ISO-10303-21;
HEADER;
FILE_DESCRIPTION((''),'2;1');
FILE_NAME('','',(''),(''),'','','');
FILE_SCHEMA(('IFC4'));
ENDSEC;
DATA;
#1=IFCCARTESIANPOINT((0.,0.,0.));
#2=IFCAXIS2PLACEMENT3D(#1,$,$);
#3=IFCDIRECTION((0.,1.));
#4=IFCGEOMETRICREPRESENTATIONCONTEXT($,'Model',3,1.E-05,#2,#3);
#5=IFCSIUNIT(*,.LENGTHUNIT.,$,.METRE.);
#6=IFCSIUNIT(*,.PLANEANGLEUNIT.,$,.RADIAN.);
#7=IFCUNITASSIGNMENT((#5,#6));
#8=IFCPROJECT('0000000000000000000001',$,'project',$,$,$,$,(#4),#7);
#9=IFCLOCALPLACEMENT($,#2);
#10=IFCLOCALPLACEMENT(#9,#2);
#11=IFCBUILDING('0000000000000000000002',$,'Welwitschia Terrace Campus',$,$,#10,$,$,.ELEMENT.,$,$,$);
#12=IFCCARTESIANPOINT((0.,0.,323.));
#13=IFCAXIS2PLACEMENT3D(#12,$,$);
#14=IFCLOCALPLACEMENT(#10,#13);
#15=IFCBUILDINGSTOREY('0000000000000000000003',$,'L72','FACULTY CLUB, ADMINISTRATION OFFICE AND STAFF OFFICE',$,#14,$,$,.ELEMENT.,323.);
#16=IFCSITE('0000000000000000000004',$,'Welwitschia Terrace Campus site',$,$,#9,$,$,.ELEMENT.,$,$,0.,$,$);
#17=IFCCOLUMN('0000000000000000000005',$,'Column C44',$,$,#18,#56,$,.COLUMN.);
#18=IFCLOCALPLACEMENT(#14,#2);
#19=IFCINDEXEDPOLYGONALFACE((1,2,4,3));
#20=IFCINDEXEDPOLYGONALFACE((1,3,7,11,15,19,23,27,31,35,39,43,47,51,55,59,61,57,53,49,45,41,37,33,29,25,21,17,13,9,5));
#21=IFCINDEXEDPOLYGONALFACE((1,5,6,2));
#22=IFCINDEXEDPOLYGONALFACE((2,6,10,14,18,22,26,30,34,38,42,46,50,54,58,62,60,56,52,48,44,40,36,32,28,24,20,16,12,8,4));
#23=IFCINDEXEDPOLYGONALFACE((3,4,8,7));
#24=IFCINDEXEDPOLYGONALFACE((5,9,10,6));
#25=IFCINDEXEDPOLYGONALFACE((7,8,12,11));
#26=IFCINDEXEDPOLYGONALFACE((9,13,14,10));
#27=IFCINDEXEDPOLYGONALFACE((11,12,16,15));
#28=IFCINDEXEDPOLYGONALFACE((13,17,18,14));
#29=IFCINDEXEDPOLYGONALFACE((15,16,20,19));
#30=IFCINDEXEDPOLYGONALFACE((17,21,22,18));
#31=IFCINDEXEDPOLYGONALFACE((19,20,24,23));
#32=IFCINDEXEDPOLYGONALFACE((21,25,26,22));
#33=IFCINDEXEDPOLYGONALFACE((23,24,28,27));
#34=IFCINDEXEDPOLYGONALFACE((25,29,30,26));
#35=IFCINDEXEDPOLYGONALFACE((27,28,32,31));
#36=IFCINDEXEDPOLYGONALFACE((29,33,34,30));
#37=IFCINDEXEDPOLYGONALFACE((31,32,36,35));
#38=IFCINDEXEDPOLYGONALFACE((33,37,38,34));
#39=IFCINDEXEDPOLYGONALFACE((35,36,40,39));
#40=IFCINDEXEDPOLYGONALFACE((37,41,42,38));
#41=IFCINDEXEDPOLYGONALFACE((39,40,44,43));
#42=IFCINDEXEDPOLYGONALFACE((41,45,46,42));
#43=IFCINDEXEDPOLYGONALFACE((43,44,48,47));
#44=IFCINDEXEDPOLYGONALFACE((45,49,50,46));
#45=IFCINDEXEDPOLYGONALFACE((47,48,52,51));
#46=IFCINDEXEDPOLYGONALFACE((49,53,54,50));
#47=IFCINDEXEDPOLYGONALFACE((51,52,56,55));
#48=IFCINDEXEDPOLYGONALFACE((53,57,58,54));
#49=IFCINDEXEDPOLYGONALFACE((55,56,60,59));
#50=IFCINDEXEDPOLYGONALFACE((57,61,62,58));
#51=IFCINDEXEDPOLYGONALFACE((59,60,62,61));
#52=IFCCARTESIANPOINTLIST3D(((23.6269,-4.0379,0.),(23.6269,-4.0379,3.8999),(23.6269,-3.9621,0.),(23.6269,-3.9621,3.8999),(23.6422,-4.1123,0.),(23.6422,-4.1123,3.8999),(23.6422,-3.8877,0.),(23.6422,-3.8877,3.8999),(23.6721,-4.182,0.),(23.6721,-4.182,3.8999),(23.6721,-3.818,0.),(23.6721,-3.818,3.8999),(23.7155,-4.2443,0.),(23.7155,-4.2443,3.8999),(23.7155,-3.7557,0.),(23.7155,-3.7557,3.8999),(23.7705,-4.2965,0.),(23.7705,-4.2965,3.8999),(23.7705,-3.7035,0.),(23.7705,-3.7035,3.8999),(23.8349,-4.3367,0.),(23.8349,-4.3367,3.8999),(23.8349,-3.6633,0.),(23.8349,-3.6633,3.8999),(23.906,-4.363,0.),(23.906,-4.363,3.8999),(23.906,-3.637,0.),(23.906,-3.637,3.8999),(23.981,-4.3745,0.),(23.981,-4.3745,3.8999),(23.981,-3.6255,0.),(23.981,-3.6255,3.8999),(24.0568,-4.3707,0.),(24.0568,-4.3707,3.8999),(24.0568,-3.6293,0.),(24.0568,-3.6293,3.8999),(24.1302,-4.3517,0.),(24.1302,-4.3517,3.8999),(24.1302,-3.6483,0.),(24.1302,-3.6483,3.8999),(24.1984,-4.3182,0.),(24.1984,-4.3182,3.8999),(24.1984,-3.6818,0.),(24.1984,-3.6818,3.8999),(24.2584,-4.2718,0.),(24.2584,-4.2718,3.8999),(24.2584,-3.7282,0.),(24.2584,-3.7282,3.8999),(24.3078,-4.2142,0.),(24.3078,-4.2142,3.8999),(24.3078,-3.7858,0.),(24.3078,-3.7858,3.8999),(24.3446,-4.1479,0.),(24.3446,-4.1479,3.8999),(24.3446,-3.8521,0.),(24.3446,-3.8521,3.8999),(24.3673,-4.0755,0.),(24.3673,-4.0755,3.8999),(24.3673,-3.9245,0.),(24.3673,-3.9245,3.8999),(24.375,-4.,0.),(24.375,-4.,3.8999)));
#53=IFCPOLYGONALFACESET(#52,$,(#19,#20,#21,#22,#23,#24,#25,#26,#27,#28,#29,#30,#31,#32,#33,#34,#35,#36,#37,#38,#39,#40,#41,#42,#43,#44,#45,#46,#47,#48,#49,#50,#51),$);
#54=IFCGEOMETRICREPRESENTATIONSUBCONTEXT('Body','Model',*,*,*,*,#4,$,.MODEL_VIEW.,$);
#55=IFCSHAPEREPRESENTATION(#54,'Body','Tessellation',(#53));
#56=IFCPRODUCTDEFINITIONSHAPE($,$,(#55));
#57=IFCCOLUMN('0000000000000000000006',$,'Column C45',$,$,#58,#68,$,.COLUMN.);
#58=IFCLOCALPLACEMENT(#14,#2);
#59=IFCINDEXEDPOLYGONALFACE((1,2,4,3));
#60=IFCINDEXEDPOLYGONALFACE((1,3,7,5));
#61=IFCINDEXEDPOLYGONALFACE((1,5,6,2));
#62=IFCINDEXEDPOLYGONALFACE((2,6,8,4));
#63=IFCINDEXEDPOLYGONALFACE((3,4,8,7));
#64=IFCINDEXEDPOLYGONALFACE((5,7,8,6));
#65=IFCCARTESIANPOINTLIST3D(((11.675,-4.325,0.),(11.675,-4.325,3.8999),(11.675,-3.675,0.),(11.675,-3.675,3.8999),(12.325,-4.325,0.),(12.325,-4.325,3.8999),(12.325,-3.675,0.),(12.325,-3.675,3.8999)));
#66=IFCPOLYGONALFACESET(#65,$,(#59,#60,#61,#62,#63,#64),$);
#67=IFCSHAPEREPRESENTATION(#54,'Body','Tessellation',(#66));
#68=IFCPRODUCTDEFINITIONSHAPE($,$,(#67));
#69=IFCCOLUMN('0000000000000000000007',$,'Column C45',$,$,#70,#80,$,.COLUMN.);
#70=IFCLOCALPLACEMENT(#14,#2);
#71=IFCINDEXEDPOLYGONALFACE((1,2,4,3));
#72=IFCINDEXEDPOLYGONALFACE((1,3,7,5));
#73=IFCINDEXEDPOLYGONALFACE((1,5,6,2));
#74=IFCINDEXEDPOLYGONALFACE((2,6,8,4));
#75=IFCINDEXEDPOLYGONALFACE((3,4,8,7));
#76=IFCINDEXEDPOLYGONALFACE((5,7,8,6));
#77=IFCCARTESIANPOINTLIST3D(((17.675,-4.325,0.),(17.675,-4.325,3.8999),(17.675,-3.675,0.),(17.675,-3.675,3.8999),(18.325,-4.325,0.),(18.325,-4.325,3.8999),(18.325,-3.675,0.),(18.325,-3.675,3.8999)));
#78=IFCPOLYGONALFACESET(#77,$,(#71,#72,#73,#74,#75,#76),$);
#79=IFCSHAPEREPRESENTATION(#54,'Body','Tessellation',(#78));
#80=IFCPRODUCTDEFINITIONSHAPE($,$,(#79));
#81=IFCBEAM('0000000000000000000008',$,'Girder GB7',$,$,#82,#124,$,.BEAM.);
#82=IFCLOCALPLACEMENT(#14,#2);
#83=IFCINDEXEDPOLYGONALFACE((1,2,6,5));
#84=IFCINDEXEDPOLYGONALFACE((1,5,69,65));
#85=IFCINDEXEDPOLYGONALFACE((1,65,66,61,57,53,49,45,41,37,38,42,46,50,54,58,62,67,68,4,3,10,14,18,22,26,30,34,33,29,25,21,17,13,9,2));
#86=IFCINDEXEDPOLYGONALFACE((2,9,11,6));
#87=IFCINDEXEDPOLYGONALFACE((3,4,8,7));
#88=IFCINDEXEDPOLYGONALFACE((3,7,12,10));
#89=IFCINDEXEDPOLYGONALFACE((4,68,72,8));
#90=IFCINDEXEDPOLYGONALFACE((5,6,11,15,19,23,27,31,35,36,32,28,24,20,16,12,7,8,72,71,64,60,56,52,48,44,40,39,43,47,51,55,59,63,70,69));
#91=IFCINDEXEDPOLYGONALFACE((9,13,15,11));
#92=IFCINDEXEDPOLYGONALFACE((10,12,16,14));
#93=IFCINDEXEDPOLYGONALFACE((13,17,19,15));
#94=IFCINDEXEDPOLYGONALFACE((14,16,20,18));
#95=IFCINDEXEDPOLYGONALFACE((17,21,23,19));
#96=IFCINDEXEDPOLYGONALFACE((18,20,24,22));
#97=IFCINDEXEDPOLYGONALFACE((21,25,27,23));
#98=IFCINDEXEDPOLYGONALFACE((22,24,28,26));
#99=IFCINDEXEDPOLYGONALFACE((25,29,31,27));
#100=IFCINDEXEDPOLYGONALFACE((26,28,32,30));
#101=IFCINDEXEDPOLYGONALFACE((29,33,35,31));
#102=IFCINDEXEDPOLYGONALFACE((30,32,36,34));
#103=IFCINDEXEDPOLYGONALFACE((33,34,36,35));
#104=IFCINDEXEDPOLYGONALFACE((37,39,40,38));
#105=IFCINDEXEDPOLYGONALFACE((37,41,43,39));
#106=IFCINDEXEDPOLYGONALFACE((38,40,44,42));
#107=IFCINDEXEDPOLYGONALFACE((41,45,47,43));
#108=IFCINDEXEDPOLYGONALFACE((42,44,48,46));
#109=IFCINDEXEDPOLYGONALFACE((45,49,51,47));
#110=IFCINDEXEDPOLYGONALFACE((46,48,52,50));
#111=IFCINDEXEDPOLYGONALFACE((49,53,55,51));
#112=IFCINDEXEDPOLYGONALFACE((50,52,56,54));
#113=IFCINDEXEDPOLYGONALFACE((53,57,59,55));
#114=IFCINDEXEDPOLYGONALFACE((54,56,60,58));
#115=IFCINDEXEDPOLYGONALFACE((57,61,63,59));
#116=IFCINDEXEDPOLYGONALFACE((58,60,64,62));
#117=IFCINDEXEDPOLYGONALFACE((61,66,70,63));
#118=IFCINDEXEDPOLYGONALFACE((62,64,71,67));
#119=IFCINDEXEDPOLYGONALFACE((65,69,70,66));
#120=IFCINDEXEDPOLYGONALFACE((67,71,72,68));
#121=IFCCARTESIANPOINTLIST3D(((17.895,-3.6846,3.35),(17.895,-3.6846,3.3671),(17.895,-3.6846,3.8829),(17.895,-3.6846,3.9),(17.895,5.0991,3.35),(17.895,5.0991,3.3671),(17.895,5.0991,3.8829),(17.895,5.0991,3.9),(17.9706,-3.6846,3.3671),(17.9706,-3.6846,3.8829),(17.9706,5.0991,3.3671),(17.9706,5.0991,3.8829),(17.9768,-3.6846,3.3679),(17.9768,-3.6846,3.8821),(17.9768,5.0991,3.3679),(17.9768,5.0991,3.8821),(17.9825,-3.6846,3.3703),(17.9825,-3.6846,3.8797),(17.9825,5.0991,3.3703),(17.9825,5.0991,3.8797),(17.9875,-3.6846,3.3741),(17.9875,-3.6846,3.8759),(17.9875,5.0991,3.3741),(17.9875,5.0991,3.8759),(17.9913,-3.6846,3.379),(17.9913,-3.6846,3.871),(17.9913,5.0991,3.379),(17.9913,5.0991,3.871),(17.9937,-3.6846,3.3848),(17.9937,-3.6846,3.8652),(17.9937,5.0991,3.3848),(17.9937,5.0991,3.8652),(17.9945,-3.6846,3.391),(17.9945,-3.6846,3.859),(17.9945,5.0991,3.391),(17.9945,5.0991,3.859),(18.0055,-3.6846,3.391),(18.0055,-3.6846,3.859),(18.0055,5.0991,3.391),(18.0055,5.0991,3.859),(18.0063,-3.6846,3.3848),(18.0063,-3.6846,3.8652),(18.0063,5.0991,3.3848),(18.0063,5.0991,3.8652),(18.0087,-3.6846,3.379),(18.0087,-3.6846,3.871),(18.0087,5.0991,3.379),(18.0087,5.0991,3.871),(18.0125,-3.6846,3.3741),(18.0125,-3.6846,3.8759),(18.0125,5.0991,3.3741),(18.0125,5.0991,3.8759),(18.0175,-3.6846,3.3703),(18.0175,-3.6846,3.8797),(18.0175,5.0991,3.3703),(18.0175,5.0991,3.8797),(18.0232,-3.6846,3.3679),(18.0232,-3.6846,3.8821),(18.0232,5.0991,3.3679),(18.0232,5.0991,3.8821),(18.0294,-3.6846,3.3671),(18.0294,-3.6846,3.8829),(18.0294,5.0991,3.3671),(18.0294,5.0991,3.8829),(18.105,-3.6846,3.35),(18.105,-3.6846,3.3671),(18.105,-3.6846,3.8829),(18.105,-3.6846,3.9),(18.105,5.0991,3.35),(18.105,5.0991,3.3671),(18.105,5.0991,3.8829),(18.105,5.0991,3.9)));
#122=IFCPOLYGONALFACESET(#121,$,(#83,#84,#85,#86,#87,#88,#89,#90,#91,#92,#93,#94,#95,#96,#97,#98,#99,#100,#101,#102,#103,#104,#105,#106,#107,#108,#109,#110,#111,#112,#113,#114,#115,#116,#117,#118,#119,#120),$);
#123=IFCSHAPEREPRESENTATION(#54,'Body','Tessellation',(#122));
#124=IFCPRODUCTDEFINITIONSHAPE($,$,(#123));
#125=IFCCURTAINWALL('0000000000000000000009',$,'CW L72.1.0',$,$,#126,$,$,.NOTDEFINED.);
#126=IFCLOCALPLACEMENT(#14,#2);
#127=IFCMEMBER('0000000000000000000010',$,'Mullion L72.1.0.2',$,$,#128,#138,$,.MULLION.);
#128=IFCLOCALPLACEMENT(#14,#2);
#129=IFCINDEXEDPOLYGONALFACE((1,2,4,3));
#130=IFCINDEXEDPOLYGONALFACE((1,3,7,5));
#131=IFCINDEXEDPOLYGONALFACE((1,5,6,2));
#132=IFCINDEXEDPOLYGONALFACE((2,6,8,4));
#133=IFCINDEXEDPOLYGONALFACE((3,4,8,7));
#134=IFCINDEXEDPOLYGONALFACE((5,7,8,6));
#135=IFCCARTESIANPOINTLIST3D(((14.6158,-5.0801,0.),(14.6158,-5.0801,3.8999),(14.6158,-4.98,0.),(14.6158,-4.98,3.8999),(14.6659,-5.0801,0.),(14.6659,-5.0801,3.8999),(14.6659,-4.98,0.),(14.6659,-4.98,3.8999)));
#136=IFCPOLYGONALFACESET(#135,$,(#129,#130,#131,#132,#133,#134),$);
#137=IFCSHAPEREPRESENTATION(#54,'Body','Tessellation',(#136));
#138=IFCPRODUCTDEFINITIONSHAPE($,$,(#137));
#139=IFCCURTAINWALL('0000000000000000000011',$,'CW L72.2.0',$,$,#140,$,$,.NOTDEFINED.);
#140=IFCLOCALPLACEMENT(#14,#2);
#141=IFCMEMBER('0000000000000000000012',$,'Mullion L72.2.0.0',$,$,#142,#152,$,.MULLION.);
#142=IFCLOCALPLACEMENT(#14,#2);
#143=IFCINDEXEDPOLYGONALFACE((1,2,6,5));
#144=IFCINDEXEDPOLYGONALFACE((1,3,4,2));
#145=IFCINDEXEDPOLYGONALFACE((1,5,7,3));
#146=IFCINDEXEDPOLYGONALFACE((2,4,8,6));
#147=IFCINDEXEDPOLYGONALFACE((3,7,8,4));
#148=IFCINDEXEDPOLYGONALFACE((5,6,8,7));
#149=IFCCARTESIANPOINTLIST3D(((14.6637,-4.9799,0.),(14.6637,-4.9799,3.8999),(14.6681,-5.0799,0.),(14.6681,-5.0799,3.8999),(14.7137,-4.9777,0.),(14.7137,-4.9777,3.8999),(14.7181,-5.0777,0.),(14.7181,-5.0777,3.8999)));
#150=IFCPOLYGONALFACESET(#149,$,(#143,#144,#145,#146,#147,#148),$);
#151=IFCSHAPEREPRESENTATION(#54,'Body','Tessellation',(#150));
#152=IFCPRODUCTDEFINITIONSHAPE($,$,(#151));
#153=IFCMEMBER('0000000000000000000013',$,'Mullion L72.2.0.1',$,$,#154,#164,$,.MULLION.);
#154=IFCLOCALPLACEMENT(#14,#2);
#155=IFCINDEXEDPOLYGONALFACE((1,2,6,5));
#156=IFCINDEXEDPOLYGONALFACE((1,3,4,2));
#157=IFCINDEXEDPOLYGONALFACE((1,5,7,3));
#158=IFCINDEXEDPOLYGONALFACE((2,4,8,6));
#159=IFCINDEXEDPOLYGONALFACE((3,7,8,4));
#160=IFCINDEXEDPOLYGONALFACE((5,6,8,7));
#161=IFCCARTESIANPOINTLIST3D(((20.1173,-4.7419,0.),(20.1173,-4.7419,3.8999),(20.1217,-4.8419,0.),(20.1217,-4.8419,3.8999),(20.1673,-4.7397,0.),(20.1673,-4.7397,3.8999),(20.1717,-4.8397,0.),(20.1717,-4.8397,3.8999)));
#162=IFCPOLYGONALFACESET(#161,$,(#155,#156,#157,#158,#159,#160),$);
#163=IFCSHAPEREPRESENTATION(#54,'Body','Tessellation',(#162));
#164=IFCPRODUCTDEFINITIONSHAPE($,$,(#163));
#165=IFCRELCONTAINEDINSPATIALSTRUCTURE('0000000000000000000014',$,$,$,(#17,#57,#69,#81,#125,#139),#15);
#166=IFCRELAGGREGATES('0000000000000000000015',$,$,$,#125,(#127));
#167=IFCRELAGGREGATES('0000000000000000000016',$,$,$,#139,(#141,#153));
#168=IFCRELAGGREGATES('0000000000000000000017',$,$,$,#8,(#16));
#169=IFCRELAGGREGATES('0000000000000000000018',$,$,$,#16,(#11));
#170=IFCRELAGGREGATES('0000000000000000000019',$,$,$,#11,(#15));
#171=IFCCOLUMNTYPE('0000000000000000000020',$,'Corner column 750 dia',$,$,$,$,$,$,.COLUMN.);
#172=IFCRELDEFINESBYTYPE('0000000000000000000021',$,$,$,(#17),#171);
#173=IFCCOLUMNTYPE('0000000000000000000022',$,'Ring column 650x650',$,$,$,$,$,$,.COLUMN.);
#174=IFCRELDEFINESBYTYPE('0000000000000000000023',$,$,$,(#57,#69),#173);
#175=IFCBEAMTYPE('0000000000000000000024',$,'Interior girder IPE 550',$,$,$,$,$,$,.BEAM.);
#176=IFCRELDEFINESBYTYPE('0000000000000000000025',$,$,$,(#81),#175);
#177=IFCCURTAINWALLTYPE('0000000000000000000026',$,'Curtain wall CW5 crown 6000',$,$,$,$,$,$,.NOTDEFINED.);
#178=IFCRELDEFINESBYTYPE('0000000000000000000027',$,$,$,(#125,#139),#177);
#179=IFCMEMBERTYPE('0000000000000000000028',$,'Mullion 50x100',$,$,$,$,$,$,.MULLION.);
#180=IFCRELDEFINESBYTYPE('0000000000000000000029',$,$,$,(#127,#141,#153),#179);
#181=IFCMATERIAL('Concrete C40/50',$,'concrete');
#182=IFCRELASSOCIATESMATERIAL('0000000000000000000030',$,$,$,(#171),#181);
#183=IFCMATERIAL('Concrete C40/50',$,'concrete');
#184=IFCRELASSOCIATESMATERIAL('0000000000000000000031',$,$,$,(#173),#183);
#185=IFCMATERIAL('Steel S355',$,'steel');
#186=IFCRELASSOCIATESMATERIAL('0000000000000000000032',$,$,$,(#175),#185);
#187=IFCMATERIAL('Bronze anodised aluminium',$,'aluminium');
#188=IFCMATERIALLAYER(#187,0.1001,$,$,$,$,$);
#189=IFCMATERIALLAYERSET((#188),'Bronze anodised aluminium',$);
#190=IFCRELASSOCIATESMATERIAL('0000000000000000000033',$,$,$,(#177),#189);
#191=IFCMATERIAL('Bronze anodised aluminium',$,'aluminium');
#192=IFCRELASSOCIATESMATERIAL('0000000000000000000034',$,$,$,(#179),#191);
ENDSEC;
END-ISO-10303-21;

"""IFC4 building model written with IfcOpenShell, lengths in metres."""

from ifc_helpers import new_model, si_unit, direction, frame, origin, origin_2d, place, context, subcontext, project, spatial, rectangle, circle, i_section, extrude, material, layer, layer_set, material_profile, profile_set, type_object, element, aggregate, save


model = new_model("IFC4")

# Units and contexts
model_context = context("Model", 3, precision=1e-05, world=origin(), true_north=direction((0.0, 1.0)))
body_context = subcontext(model_context, "Body", "Model", "MODEL_VIEW")
ifc_project = project(units=[si_unit("LENGTHUNIT", "METRE"), si_unit("PLANEANGLEUNIT", "RADIAN")], contexts=[model_context])

# Site, building, storey
site_placement = place(None, origin())
site = spatial("IfcSite", under=ifc_project, at=site_placement, Name="Welwitschia Terrace Campus site", CompositionType="ELEMENT", RefElevation=0.0)
building_placement = place(site_placement, origin())
building = spatial("IfcBuilding", under=site, at=building_placement, Name="Welwitschia Terrace Campus", CompositionType="ELEMENT")
storey_placement = place(building_placement, frame((0.0, 0.0, 323.0)))
storey = spatial("IfcBuildingStorey", under=building, at=storey_placement, Name="L72", Description="FACULTY CLUB, ADMINISTRATION OFFICE AND STAFF OFFICE", CompositionType="ELEMENT", Elevation=323.0)

# Columns
ifc_material_1 = material(Name="Concrete C40/50", Category="concrete")
ifc_material_profile_1 = material_profile(ifc_material_1, circle(Radius=0.375, at=origin_2d()))
ifc_profile_set_1 = profile_set([ifc_material_profile_1], Name="Concrete C40/50")
column_type_1 = type_object("IfcColumnType", Name="Corner column 750 dia", PredefinedType="COLUMN", material=ifc_profile_set_1)
column_placement = place(storey_placement, frame((24.0, -4.0, 0.0), z_axis=(0.0, 0.0, 1.0), x_axis=(1.0, 0.0, 0.0)))
element("IfcColumn", 1, at=column_placement, inside=storey, type_object=column_type_1, Name="Column C44", PredefinedType="COLUMN", context=body_context, shape_type="SweptSolid", body=[
    extrude(circle(Radius=0.375, at=origin_2d()), origin(), (0.0, 0.0, 1.0), 3.8999),
])
ifc_material_2 = material(Name="Concrete C40/50", Category="concrete")
ifc_material_profile_2 = material_profile(ifc_material_2, rectangle(XDim=0.6499, YDim=0.6499, at=origin_2d()))
ifc_profile_set_2 = profile_set([ifc_material_profile_2], Name="Concrete C40/50")
column_type_2 = type_object("IfcColumnType", Name="Ring column 650x650", PredefinedType="COLUMN", material=ifc_profile_set_2)
for number, where, z_axis, x_axis, name in (
    (2, (12.0, -4.0, 0.0), (0.0, 0.0, 1.0), (1.0, 0.0, 0.0), "Column C45"),
    (3, (18.0, -4.0, 0.0), (0.0, 0.0, 1.0), (1.0, 0.0, 0.0), "Column C45"),
):
    element("IfcColumn", number, at=place(storey_placement, frame(where, z_axis=z_axis, x_axis=x_axis)), inside=storey, type_object=column_type_2, Name=name, PredefinedType="COLUMN", context=body_context, shape_type="SweptSolid", body=[
        extrude(rectangle(XDim=0.6499, YDim=0.6499, at=origin_2d()), origin(), (0.0, 0.0, 1.0), 3.8999),
    ])

# Beam
ifc_material_3 = material(Name="Steel S355", Category="steel")
ifc_material_profile_3 = material_profile(ifc_material_3, i_section(OverallWidth=0.21, OverallDepth=0.55, WebThickness=0.011, FlangeThickness=0.0171, FilletRadius=0.0239, at=origin_2d()))
ifc_profile_set_3 = profile_set([ifc_material_profile_3], Name="Steel S355")
beam_type_1 = type_object("IfcBeamType", Name="Interior girder IPE 550", PredefinedType="BEAM", material=ifc_profile_set_3)
beam_1_placement = place(storey_placement, frame((18.0, -3.6846, 3.625), z_axis=(0.0, 1.0, 0.0), x_axis=(-1.0, 0.0, 0.0)))
element("IfcBeam", 4, at=beam_1_placement, inside=storey, type_object=beam_type_1, Name="Girder GB7", PredefinedType="BEAM", context=body_context, shape_type="SweptSolid", body=[
    extrude(i_section(OverallWidth=0.21, OverallDepth=0.55, WebThickness=0.011, FlangeThickness=0.0171, FilletRadius=0.0239, at=origin_2d()), origin(), (0.0, 0.0, 1.0), 8.7837),
])

# Curtain wall, member
ifc_material_4 = material(Name="Bronze anodised aluminium", Category="aluminium")
ifc_layer_1 = layer(ifc_material_4, 0.1001)
ifc_layer_set_1 = layer_set([ifc_layer_1], Name="Bronze anodised aluminium")
curtain_wall_type = type_object("IfcCurtainWallType", Name="Curtain wall CW5 crown 6000", PredefinedType="NOTDEFINED", material=ifc_layer_set_1)
curtain_wall_1_placement = place(storey_placement, origin())
curtain_wall_1 = element("IfcCurtainWall", 5, at=curtain_wall_1_placement, inside=storey, type_object=curtain_wall_type, Name="CW L72.1.0", PredefinedType="NOTDEFINED")
ifc_material_5 = material(Name="Bronze anodised aluminium", Category="aluminium")
ifc_material_profile_4 = material_profile(ifc_material_5, rectangle(XDim=0.1001, YDim=0.05, at=origin_2d()))
ifc_profile_set_4 = profile_set([ifc_material_profile_4], Name="Bronze anodised aluminium")
member_type_1 = type_object("IfcMemberType", Name="Mullion 50x100", PredefinedType="MULLION", material=ifc_profile_set_4)
member_1_placement = place(storey_placement, frame((14.6409, -5.03, 0.0), z_axis=(0.0, 0.0, 1.0), x_axis=(0.0, 1.0, 0.0)))
member_1 = element("IfcMember", 6, at=member_1_placement, type_object=member_type_1, Name="Mullion L72.1.0.2", PredefinedType="MULLION", context=body_context, shape_type="SweptSolid", body=[
    extrude(rectangle(XDim=0.1001, YDim=0.05, at=origin_2d()), origin(), (0.0, 0.0, 1.0), 3.8999),
])

# Curtain wall, members
curtain_wall_2_placement = place(storey_placement, origin())
curtain_wall_2 = element("IfcCurtainWall", 7, at=curtain_wall_2_placement, inside=storey, type_object=curtain_wall_type, Name="CW L72.2.0", PredefinedType="NOTDEFINED")
member_2_placement = place(storey_placement, frame((14.6909, -5.0288, 0.0), z_axis=(0.0, 0.0, 1.0), x_axis=(-0.043619, 0.999048, 0.0)))
member_2 = element("IfcMember", 8, at=member_2_placement, type_object=member_type_1, Name="Mullion L72.2.0.0", PredefinedType="MULLION", context=body_context, shape_type="SweptSolid", body=[
    extrude(rectangle(XDim=0.1001, YDim=0.05, at=origin_2d()), origin(), (0.0, 0.0, 1.0), 3.8999),
])
member_3_placement = place(storey_placement, frame((20.1445, -4.7908, 0.0), z_axis=(0.0, 0.0, 1.0), x_axis=(-0.043619, 0.999048, 0.0)))
member_3 = element("IfcMember", 9, at=member_3_placement, type_object=member_type_1, Name="Mullion L72.2.0.1", PredefinedType="MULLION", context=body_context, shape_type="SweptSolid", body=[
    extrude(rectangle(XDim=0.1001, YDim=0.05, at=origin_2d()), origin(), (0.0, 0.0, 1.0), 3.8999),
])

aggregate(curtain_wall_1, [member_1])
aggregate(curtain_wall_2, [member_2, member_3])

save(model, "model.ifc")
